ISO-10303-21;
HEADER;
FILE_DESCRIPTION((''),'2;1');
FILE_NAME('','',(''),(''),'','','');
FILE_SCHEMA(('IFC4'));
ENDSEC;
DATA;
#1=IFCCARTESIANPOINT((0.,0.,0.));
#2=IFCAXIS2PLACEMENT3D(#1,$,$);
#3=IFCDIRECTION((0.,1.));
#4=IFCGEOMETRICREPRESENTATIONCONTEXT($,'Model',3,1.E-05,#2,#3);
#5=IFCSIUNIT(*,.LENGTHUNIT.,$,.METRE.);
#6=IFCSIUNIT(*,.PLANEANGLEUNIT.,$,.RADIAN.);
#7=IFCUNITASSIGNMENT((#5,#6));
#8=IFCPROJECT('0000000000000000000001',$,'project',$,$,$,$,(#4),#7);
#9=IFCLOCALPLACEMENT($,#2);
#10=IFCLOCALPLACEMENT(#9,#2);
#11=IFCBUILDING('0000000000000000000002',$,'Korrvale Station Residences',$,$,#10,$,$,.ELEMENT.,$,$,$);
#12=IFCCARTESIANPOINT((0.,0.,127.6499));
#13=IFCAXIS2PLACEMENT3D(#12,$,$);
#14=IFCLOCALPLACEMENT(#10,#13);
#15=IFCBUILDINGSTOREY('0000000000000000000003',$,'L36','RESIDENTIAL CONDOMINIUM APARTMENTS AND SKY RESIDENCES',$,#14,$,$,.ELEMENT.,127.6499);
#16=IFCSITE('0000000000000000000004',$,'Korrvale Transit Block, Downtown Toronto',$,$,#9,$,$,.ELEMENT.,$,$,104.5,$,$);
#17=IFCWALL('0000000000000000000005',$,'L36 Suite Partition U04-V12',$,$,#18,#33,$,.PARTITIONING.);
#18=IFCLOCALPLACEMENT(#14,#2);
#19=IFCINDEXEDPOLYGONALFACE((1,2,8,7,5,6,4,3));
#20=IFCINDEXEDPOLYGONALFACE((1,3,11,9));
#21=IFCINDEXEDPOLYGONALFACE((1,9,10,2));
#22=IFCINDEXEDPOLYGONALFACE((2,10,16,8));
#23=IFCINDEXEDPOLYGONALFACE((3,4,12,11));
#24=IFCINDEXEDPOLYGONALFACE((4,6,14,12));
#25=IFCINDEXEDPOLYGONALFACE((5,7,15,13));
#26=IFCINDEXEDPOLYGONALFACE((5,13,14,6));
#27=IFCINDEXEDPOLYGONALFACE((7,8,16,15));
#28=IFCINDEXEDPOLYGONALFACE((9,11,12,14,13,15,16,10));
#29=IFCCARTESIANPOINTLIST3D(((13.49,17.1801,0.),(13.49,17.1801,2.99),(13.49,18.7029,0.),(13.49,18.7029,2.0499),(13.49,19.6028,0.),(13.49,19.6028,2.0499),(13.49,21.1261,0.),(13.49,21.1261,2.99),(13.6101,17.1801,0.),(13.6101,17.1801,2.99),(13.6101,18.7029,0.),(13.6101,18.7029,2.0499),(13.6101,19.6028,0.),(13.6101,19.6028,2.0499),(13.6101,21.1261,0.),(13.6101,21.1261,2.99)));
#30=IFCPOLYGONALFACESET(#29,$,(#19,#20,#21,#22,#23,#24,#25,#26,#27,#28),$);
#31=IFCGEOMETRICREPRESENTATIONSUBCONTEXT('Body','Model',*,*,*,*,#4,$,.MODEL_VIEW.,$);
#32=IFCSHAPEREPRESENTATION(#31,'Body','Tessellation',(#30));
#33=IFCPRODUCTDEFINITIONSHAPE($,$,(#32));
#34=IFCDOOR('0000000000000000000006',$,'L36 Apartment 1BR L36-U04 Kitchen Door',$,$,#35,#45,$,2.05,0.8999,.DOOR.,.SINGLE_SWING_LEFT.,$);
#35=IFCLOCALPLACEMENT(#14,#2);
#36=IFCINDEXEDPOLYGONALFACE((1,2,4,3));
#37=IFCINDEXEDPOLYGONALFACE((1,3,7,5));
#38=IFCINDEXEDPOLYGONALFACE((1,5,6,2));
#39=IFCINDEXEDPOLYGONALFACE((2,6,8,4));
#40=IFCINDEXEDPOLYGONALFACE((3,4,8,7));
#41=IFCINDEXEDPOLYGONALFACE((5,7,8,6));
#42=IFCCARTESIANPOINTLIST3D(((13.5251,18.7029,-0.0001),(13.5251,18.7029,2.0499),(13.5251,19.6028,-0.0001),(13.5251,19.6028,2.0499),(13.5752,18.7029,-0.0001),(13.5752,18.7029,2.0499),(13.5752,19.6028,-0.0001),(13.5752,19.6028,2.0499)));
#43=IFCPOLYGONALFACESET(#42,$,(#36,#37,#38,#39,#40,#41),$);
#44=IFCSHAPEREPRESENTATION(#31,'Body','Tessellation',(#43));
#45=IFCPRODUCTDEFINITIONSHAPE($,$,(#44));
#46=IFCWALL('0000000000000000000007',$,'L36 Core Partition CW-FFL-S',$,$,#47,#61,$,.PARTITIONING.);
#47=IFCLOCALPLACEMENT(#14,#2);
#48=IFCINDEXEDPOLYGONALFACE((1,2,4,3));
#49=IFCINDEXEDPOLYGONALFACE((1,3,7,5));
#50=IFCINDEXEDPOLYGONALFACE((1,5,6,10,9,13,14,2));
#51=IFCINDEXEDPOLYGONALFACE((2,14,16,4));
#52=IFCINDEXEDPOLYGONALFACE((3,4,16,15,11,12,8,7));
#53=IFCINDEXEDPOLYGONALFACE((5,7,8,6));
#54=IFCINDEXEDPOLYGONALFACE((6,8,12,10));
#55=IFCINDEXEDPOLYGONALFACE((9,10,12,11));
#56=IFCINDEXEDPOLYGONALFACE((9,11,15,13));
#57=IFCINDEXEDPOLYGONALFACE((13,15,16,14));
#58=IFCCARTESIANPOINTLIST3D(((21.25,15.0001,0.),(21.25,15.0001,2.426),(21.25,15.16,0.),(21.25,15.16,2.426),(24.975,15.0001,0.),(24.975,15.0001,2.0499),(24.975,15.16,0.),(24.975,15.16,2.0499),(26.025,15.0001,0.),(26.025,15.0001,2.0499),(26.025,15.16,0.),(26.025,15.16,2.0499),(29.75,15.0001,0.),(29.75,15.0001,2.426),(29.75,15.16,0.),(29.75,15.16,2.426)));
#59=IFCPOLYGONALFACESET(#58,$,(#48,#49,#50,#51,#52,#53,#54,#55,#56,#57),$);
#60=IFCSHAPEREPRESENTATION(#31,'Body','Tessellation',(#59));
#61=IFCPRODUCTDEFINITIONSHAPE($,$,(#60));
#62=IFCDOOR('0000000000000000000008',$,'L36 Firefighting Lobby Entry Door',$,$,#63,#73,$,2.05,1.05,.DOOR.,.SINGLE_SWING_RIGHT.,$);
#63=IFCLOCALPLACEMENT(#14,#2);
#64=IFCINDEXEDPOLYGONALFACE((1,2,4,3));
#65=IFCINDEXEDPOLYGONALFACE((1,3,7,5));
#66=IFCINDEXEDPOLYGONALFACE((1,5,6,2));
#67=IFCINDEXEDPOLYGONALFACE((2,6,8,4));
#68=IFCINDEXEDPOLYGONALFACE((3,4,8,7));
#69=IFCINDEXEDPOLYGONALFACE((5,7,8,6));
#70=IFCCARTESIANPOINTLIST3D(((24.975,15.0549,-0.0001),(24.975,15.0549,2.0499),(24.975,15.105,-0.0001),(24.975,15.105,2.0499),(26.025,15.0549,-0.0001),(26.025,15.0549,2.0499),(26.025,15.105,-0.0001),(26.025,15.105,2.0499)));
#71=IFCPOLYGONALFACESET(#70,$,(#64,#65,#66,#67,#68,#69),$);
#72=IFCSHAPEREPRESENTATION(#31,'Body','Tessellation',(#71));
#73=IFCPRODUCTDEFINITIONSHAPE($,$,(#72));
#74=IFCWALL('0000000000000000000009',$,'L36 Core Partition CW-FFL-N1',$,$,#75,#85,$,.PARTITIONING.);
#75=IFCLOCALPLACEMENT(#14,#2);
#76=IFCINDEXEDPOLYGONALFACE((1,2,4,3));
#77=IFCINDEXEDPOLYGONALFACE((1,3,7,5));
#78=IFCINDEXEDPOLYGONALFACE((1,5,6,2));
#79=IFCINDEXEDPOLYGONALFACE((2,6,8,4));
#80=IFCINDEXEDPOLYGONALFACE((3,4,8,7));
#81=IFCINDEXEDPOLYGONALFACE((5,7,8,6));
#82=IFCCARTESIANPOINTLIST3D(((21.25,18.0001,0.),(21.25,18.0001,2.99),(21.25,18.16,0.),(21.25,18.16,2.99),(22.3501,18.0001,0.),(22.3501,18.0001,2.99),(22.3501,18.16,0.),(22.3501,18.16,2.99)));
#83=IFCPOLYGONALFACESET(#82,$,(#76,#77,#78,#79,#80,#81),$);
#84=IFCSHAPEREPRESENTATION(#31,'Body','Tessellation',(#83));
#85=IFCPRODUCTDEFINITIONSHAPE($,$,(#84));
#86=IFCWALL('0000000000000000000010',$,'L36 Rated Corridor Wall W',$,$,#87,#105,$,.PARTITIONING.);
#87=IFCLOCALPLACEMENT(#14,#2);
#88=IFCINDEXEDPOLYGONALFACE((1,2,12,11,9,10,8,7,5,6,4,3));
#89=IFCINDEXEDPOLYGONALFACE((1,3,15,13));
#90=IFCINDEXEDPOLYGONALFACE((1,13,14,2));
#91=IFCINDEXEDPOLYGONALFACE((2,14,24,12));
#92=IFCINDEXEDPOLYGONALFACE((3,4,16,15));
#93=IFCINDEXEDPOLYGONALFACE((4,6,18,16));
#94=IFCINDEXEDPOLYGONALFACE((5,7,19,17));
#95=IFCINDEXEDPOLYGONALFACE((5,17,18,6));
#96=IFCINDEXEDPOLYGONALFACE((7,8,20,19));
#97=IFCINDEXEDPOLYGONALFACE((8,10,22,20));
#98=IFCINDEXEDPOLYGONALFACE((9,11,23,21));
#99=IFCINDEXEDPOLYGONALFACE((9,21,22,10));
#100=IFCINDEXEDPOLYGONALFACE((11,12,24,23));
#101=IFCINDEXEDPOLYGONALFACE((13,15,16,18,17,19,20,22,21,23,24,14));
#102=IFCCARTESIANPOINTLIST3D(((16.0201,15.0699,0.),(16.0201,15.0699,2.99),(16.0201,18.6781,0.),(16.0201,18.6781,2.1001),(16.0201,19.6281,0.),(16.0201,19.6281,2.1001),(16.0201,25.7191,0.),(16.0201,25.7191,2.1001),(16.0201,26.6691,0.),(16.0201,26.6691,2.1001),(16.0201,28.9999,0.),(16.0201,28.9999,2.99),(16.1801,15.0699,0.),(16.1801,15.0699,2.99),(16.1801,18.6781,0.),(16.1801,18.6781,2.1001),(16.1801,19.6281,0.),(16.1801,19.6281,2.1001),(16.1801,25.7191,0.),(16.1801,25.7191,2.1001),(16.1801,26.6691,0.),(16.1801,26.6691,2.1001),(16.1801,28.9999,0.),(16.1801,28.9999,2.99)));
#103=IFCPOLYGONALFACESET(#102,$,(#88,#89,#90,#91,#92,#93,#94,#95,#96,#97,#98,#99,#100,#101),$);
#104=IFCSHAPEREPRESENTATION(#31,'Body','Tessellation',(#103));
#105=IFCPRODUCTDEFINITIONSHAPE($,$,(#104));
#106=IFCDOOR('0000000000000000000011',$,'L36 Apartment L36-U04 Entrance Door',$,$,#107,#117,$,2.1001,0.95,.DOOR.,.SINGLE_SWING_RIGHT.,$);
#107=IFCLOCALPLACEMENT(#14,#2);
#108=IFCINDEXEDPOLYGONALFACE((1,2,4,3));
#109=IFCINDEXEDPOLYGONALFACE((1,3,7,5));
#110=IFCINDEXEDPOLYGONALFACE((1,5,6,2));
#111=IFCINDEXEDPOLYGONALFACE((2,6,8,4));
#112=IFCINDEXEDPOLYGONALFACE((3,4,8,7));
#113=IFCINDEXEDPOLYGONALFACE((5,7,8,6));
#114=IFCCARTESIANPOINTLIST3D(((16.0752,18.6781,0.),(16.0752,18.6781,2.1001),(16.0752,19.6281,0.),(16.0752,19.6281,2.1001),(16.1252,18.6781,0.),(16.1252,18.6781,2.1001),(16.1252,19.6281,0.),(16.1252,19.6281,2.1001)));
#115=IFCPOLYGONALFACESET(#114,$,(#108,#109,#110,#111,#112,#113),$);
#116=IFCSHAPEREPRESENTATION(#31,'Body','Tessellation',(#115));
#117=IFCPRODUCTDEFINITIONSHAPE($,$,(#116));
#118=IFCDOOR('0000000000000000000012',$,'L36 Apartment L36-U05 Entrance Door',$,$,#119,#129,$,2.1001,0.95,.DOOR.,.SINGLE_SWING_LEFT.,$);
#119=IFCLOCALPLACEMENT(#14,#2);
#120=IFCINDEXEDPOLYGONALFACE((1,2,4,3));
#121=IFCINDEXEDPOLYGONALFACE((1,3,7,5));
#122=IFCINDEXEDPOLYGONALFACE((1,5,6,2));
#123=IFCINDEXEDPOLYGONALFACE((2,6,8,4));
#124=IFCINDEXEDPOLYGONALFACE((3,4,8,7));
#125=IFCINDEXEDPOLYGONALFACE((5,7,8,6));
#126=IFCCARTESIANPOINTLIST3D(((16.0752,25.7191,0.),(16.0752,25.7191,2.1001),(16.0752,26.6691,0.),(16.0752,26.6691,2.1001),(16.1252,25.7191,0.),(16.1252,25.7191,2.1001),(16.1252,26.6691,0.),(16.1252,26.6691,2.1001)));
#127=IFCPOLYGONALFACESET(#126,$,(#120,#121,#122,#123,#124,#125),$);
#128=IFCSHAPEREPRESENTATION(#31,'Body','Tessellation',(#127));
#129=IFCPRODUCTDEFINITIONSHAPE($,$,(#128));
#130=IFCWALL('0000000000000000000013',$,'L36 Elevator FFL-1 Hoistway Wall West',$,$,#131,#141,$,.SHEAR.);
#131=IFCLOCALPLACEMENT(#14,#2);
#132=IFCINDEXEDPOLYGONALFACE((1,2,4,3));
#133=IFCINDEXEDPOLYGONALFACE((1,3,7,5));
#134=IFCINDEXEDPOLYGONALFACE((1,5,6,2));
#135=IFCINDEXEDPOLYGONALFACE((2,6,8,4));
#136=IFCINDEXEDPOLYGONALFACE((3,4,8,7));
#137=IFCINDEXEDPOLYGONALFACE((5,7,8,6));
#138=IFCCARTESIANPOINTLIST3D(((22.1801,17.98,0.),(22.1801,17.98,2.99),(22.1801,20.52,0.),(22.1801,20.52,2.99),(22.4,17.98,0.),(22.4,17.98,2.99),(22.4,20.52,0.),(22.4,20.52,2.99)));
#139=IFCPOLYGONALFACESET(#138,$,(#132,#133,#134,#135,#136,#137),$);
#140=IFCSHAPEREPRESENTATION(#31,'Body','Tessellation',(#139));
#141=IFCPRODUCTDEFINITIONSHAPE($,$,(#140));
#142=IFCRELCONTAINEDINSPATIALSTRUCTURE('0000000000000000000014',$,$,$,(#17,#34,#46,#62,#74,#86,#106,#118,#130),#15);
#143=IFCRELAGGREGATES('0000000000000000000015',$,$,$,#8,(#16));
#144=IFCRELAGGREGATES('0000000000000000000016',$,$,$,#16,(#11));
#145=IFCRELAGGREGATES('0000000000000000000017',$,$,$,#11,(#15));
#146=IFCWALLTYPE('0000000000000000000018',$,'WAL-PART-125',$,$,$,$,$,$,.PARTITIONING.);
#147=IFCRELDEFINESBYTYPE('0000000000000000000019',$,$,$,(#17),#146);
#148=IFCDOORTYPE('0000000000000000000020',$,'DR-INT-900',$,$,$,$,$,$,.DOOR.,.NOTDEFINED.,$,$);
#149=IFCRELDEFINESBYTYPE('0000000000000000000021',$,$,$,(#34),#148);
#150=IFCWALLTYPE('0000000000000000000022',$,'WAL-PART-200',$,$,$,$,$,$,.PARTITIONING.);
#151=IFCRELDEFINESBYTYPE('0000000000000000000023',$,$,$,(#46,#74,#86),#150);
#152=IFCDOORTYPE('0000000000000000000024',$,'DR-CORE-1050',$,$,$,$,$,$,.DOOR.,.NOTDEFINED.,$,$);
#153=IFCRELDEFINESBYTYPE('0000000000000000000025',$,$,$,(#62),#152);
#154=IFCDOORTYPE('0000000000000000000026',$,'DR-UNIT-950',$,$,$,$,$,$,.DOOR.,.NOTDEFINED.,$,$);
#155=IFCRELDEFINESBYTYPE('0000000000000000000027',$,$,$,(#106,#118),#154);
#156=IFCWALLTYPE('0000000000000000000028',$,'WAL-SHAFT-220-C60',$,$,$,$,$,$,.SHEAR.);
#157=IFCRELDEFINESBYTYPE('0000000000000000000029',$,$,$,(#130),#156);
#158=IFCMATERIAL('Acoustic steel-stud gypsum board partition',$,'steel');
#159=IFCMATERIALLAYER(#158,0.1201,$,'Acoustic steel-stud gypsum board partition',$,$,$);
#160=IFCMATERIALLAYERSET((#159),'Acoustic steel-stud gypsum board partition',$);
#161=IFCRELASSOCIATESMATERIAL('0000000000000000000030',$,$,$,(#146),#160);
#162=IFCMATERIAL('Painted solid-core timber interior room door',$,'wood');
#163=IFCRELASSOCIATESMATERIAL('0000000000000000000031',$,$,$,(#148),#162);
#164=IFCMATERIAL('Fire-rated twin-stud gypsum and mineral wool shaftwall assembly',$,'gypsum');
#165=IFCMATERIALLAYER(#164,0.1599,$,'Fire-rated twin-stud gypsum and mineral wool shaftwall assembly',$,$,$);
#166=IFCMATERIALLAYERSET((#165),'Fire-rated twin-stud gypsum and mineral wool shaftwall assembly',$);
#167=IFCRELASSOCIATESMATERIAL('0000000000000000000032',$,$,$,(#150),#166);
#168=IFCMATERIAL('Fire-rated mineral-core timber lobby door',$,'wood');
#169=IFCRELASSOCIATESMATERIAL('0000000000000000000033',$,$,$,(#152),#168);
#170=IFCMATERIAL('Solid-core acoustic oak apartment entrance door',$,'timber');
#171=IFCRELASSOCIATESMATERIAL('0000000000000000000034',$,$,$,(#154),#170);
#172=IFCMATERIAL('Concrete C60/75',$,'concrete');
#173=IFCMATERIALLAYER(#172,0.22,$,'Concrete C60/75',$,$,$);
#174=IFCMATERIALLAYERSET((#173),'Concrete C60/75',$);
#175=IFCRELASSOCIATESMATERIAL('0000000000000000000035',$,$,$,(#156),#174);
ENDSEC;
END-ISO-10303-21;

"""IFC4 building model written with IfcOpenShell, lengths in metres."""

from ifc_helpers import new_model, si_unit, direction, frame, frame_2d, origin, place, context, subcontext, project, spatial, rectangle, extrude, material, layer, layer_set, type_object, element, fill, save


model = new_model("IFC4")

# Units and contexts
model_context = context("Model", 3, precision=1e-05, world=origin(), true_north=direction((0.0, 1.0)))
body_context = subcontext(model_context, "Body", "Model", "MODEL_VIEW")
ifc_project = project(units=[si_unit("LENGTHUNIT", "METRE"), si_unit("PLANEANGLEUNIT", "RADIAN")], contexts=[model_context])

# Site, building, storey
site_placement = place(None, origin())
site = spatial("IfcSite", under=ifc_project, at=site_placement, Name="Korrvale Transit Block, Downtown Toronto", CompositionType="ELEMENT", RefElevation=104.5)
building_placement = place(site_placement, origin())
building = spatial("IfcBuilding", under=site, at=building_placement, Name="Korrvale Station Residences", CompositionType="ELEMENT")
storey_placement = place(building_placement, frame((0.0, 0.0, 127.6499)))
storey = spatial("IfcBuildingStorey", under=building, at=storey_placement, Name="L36", Description="RESIDENTIAL CONDOMINIUM APARTMENTS AND SKY RESIDENCES", CompositionType="ELEMENT", Elevation=127.6499)

# Shared definitions
ifc_material_1 = material(Name="Concrete C60/75", Category="concrete")

# Shared definitions
ifc_material_2 = material(Name="Acoustic steel-stud gypsum board partition", Category="steel")
ifc_layer_1 = layer(ifc_material_2, 0.1201, Name="Acoustic steel-stud gypsum board partition")
ifc_layer_set_1 = layer_set([ifc_layer_1], Name="Acoustic steel-stud gypsum board partition")
wall_type_1 = type_object("IfcWallType", Name="WAL-PART-125", PredefinedType="PARTITIONING", material=ifc_layer_set_1)

# Walls, openings, doors
wall_1_placement = place(storey_placement, frame((13.55, 17.1799, 0.0), z_axis=(0.0, 0.0, 1.0), x_axis=(0.0, 1.0, 0.0)))
wall_1 = element("IfcWall", 1, at=wall_1_placement, inside=storey, type_object=wall_type_1, Name="L36 Suite Partition U04-V12", PredefinedType="PARTITIONING", context=body_context, shape_type="SweptSolid", body=[
    extrude(rectangle(XDim=3.946, YDim=0.1201, at=frame_2d((1.9731, 0.0))), origin(), (0.0, 0.0, 1.0), 2.99),
])
opening_1_placement = place(wall_1_placement, frame((1.5229, 0.0, 0.0)))
opening_1 = element("IfcOpeningElement", 2, at=opening_1_placement, cuts=wall_1, PredefinedType="OPENING", context=body_context, shape_type="SweptSolid", body=[
    extrude(rectangle(XDim=0.8999, YDim=2.05, at=frame_2d((0.45, 1.0249))), frame((0.0, 0.0701, 0.0), z_axis=(0.0, -1.0, 0.0), x_axis=(1.0, 0.0, 0.0)), (0.0, 0.0, 1.0), 0.1401),
])
ifc_material_3 = material(Name="Painted solid-core timber interior room door", Category="wood")
door_type_1 = type_object("IfcDoorType", Name="DR-INT-900", OperationType="NOTDEFINED", PredefinedType="DOOR", material=ifc_material_3)
door_1_placement = place(opening_1_placement, origin())
door_1 = element("IfcDoor", 3, at=door_1_placement, inside=storey, type_object=door_type_1, Name="L36 Apartment 1BR L36-U04 Kitchen Door", OperationType="SINGLE_SWING_LEFT", OverallHeight=2.05, OverallWidth=0.8999, PredefinedType="DOOR", context=body_context, shape_type="SweptSolid", body=[
    extrude(rectangle(XDim=0.8999, YDim=2.05, at=frame_2d((0.45, 1.0249))), frame((0.0, 0.0249, 0.0), z_axis=(0.0, -1.0, 0.0), x_axis=(1.0, 0.0, 0.0)), (0.0, 0.0, 1.0), 0.05),
])
fill(opening_1, door_1)
ifc_material_4 = material(Name="Fire-rated twin-stud gypsum and mineral wool shaftwall assembly", Category="gypsum")
ifc_layer_2 = layer(ifc_material_4, 0.1599, Name="Fire-rated twin-stud gypsum and mineral wool shaftwall assembly")
ifc_layer_set_2 = layer_set([ifc_layer_2], Name="Fire-rated twin-stud gypsum and mineral wool shaftwall assembly")
wall_type_2 = type_object("IfcWallType", Name="WAL-PART-200", PredefinedType="PARTITIONING", material=ifc_layer_set_2)
wall_2_placement = place(storey_placement, frame((21.25, 15.0801, 0.0), z_axis=(0.0, 0.0, 1.0), x_axis=(1.0, 0.0, 0.0)))
wall_2 = element("IfcWall", 4, at=wall_2_placement, inside=storey, type_object=wall_type_2, Name="L36 Core Partition CW-FFL-S", PredefinedType="PARTITIONING", context=body_context, shape_type="SweptSolid", body=[
    extrude(rectangle(XDim=8.5, YDim=0.1599, at=frame_2d((4.25, 0.0))), origin(), (0.0, 0.0, 1.0), 2.426),
])
opening_2_placement = place(wall_2_placement, frame((3.7251, 0.0, 0.0)))
opening_2 = element("IfcOpeningElement", 5, at=opening_2_placement, cuts=wall_2, PredefinedType="OPENING", context=body_context, shape_type="SweptSolid", body=[
    extrude(rectangle(XDim=1.05, YDim=2.05, at=frame_2d((0.5249, 1.0249))), frame((0.0, 0.0898, 0.0), z_axis=(0.0, -1.0, 0.0), x_axis=(1.0, 0.0, 0.0)), (0.0, 0.0, 1.0), 0.1799),
])
ifc_material_5 = material(Name="Fire-rated mineral-core timber lobby door", Category="wood")
door_type_2 = type_object("IfcDoorType", Name="DR-CORE-1050", OperationType="NOTDEFINED", PredefinedType="DOOR", material=ifc_material_5)
door_2_placement = place(opening_2_placement, origin())
door_2 = element("IfcDoor", 6, at=door_2_placement, inside=storey, type_object=door_type_2, Name="L36 Firefighting Lobby Entry Door", OperationType="SINGLE_SWING_RIGHT", OverallHeight=2.05, OverallWidth=1.05, PredefinedType="DOOR", context=body_context, shape_type="SweptSolid", body=[
    extrude(rectangle(XDim=1.05, YDim=2.05, at=frame_2d((0.5249, 1.0249))), frame((0.0, 0.0249, 0.0), z_axis=(0.0, -1.0, 0.0), x_axis=(1.0, 0.0, 0.0)), (0.0, 0.0, 1.0), 0.05),
])
fill(opening_2, door_2)

# Wall
wall_3_placement = place(storey_placement, frame((21.25, 18.0801, 0.0), z_axis=(0.0, 0.0, 1.0), x_axis=(1.0, 0.0, 0.0)))
element("IfcWall", 7, at=wall_3_placement, inside=storey, type_object=wall_type_2, Name="L36 Core Partition CW-FFL-N1", PredefinedType="PARTITIONING", context=body_context, shape_type="SweptSolid", body=[
    extrude(rectangle(XDim=1.1001, YDim=0.1599, at=frame_2d((0.55, 0.0))), origin(), (0.0, 0.0, 1.0), 2.99),
])

# Wall, openings, doors
wall_4_placement = place(storey_placement, frame((16.1001, 15.0701, 0.0), z_axis=(0.0, 0.0, 1.0), x_axis=(0.0, 1.0, 0.0)))
wall_4 = element("IfcWall", 8, at=wall_4_placement, inside=storey, type_object=wall_type_2, Name="L36 Rated Corridor Wall W", PredefinedType="PARTITIONING", context=body_context, shape_type="SweptSolid", body=[
    extrude(rectangle(XDim=13.9299, YDim=0.1599, at=frame_2d((6.9648, 0.0))), origin(), (0.0, 0.0, 1.0), 2.99),
])
opening_3_placement = place(wall_4_placement, frame((3.6079, 0.0, 0.0)))
opening_3 = element("IfcOpeningElement", 9, at=opening_3_placement, cuts=wall_4, PredefinedType="OPENING", context=body_context, shape_type="SweptSolid", body=[
    extrude(rectangle(XDim=0.95, YDim=2.1001, at=frame_2d((0.4751, 1.05))), frame((0.0, 0.0898, 0.0), z_axis=(0.0, -1.0, 0.0), x_axis=(1.0, 0.0, 0.0)), (0.0, 0.0, 1.0), 0.1799),
])
opening_4_placement = place(wall_4_placement, frame((10.6489, 0.0, 0.0)))
opening_4 = element("IfcOpeningElement", 10, at=opening_4_placement, cuts=wall_4, PredefinedType="OPENING", context=body_context, shape_type="SweptSolid", body=[
    extrude(rectangle(XDim=0.95, YDim=2.1001, at=frame_2d((0.4751, 1.05))), frame((0.0, 0.0898, 0.0), z_axis=(0.0, -1.0, 0.0), x_axis=(1.0, 0.0, 0.0)), (0.0, 0.0, 1.0), 0.1799),
])
ifc_material_6 = material(Name="Solid-core acoustic oak apartment entrance door", Category="timber")
door_type_3 = type_object("IfcDoorType", Name="DR-UNIT-950", OperationType="NOTDEFINED", PredefinedType="DOOR", material=ifc_material_6)
door_3_placement = place(opening_3_placement, origin())
door_3 = element("IfcDoor", 11, at=door_3_placement, inside=storey, type_object=door_type_3, Name="L36 Apartment L36-U04 Entrance Door", OperationType="SINGLE_SWING_RIGHT", OverallHeight=2.1001, OverallWidth=0.95, PredefinedType="DOOR", context=body_context, shape_type="SweptSolid", body=[
    extrude(rectangle(XDim=0.95, YDim=2.1001, at=frame_2d((0.4751, 1.05))), frame((0.0, 0.0249, 0.0), z_axis=(0.0, -1.0, 0.0), x_axis=(1.0, 0.0, 0.0)), (0.0, 0.0, 1.0), 0.05),
])
fill(opening_3, door_3)
door_4_placement = place(opening_4_placement, origin())
door_4 = element("IfcDoor", 12, at=door_4_placement, inside=storey, type_object=door_type_3, Name="L36 Apartment L36-U05 Entrance Door", OperationType="SINGLE_SWING_LEFT", OverallHeight=2.1001, OverallWidth=0.95, PredefinedType="DOOR", context=body_context, shape_type="SweptSolid", body=[
    extrude(rectangle(XDim=0.95, YDim=2.1001, at=frame_2d((0.4751, 1.05))), frame((0.0, 0.0249, 0.0), z_axis=(0.0, -1.0, 0.0), x_axis=(1.0, 0.0, 0.0)), (0.0, 0.0, 1.0), 0.05),
])
fill(opening_4, door_4)

# Wall
ifc_layer_3 = layer(ifc_material_1, 0.22, Name="Concrete C60/75")
ifc_layer_set_3 = layer_set([ifc_layer_3], Name="Concrete C60/75")
wall_type_3 = type_object("IfcWallType", Name="WAL-SHAFT-220-C60", PredefinedType="SHEAR", material=ifc_layer_set_3)
wall_5_placement = place(storey_placement, frame((22.29, 17.98, 0.0), z_axis=(0.0, 0.0, 1.0), x_axis=(0.0, 1.0, 0.0)))
element("IfcWall", 13, at=wall_5_placement, inside=storey, type_object=wall_type_3, Name="L36 Elevator FFL-1 Hoistway Wall West", PredefinedType="SHEAR", context=body_context, shape_type="SweptSolid", body=[
    extrude(rectangle(XDim=2.54, YDim=0.22, at=frame_2d((1.27, 0.0))), origin(), (0.0, 0.0, 1.0), 2.99),
])

save(model, "model.ifc")
